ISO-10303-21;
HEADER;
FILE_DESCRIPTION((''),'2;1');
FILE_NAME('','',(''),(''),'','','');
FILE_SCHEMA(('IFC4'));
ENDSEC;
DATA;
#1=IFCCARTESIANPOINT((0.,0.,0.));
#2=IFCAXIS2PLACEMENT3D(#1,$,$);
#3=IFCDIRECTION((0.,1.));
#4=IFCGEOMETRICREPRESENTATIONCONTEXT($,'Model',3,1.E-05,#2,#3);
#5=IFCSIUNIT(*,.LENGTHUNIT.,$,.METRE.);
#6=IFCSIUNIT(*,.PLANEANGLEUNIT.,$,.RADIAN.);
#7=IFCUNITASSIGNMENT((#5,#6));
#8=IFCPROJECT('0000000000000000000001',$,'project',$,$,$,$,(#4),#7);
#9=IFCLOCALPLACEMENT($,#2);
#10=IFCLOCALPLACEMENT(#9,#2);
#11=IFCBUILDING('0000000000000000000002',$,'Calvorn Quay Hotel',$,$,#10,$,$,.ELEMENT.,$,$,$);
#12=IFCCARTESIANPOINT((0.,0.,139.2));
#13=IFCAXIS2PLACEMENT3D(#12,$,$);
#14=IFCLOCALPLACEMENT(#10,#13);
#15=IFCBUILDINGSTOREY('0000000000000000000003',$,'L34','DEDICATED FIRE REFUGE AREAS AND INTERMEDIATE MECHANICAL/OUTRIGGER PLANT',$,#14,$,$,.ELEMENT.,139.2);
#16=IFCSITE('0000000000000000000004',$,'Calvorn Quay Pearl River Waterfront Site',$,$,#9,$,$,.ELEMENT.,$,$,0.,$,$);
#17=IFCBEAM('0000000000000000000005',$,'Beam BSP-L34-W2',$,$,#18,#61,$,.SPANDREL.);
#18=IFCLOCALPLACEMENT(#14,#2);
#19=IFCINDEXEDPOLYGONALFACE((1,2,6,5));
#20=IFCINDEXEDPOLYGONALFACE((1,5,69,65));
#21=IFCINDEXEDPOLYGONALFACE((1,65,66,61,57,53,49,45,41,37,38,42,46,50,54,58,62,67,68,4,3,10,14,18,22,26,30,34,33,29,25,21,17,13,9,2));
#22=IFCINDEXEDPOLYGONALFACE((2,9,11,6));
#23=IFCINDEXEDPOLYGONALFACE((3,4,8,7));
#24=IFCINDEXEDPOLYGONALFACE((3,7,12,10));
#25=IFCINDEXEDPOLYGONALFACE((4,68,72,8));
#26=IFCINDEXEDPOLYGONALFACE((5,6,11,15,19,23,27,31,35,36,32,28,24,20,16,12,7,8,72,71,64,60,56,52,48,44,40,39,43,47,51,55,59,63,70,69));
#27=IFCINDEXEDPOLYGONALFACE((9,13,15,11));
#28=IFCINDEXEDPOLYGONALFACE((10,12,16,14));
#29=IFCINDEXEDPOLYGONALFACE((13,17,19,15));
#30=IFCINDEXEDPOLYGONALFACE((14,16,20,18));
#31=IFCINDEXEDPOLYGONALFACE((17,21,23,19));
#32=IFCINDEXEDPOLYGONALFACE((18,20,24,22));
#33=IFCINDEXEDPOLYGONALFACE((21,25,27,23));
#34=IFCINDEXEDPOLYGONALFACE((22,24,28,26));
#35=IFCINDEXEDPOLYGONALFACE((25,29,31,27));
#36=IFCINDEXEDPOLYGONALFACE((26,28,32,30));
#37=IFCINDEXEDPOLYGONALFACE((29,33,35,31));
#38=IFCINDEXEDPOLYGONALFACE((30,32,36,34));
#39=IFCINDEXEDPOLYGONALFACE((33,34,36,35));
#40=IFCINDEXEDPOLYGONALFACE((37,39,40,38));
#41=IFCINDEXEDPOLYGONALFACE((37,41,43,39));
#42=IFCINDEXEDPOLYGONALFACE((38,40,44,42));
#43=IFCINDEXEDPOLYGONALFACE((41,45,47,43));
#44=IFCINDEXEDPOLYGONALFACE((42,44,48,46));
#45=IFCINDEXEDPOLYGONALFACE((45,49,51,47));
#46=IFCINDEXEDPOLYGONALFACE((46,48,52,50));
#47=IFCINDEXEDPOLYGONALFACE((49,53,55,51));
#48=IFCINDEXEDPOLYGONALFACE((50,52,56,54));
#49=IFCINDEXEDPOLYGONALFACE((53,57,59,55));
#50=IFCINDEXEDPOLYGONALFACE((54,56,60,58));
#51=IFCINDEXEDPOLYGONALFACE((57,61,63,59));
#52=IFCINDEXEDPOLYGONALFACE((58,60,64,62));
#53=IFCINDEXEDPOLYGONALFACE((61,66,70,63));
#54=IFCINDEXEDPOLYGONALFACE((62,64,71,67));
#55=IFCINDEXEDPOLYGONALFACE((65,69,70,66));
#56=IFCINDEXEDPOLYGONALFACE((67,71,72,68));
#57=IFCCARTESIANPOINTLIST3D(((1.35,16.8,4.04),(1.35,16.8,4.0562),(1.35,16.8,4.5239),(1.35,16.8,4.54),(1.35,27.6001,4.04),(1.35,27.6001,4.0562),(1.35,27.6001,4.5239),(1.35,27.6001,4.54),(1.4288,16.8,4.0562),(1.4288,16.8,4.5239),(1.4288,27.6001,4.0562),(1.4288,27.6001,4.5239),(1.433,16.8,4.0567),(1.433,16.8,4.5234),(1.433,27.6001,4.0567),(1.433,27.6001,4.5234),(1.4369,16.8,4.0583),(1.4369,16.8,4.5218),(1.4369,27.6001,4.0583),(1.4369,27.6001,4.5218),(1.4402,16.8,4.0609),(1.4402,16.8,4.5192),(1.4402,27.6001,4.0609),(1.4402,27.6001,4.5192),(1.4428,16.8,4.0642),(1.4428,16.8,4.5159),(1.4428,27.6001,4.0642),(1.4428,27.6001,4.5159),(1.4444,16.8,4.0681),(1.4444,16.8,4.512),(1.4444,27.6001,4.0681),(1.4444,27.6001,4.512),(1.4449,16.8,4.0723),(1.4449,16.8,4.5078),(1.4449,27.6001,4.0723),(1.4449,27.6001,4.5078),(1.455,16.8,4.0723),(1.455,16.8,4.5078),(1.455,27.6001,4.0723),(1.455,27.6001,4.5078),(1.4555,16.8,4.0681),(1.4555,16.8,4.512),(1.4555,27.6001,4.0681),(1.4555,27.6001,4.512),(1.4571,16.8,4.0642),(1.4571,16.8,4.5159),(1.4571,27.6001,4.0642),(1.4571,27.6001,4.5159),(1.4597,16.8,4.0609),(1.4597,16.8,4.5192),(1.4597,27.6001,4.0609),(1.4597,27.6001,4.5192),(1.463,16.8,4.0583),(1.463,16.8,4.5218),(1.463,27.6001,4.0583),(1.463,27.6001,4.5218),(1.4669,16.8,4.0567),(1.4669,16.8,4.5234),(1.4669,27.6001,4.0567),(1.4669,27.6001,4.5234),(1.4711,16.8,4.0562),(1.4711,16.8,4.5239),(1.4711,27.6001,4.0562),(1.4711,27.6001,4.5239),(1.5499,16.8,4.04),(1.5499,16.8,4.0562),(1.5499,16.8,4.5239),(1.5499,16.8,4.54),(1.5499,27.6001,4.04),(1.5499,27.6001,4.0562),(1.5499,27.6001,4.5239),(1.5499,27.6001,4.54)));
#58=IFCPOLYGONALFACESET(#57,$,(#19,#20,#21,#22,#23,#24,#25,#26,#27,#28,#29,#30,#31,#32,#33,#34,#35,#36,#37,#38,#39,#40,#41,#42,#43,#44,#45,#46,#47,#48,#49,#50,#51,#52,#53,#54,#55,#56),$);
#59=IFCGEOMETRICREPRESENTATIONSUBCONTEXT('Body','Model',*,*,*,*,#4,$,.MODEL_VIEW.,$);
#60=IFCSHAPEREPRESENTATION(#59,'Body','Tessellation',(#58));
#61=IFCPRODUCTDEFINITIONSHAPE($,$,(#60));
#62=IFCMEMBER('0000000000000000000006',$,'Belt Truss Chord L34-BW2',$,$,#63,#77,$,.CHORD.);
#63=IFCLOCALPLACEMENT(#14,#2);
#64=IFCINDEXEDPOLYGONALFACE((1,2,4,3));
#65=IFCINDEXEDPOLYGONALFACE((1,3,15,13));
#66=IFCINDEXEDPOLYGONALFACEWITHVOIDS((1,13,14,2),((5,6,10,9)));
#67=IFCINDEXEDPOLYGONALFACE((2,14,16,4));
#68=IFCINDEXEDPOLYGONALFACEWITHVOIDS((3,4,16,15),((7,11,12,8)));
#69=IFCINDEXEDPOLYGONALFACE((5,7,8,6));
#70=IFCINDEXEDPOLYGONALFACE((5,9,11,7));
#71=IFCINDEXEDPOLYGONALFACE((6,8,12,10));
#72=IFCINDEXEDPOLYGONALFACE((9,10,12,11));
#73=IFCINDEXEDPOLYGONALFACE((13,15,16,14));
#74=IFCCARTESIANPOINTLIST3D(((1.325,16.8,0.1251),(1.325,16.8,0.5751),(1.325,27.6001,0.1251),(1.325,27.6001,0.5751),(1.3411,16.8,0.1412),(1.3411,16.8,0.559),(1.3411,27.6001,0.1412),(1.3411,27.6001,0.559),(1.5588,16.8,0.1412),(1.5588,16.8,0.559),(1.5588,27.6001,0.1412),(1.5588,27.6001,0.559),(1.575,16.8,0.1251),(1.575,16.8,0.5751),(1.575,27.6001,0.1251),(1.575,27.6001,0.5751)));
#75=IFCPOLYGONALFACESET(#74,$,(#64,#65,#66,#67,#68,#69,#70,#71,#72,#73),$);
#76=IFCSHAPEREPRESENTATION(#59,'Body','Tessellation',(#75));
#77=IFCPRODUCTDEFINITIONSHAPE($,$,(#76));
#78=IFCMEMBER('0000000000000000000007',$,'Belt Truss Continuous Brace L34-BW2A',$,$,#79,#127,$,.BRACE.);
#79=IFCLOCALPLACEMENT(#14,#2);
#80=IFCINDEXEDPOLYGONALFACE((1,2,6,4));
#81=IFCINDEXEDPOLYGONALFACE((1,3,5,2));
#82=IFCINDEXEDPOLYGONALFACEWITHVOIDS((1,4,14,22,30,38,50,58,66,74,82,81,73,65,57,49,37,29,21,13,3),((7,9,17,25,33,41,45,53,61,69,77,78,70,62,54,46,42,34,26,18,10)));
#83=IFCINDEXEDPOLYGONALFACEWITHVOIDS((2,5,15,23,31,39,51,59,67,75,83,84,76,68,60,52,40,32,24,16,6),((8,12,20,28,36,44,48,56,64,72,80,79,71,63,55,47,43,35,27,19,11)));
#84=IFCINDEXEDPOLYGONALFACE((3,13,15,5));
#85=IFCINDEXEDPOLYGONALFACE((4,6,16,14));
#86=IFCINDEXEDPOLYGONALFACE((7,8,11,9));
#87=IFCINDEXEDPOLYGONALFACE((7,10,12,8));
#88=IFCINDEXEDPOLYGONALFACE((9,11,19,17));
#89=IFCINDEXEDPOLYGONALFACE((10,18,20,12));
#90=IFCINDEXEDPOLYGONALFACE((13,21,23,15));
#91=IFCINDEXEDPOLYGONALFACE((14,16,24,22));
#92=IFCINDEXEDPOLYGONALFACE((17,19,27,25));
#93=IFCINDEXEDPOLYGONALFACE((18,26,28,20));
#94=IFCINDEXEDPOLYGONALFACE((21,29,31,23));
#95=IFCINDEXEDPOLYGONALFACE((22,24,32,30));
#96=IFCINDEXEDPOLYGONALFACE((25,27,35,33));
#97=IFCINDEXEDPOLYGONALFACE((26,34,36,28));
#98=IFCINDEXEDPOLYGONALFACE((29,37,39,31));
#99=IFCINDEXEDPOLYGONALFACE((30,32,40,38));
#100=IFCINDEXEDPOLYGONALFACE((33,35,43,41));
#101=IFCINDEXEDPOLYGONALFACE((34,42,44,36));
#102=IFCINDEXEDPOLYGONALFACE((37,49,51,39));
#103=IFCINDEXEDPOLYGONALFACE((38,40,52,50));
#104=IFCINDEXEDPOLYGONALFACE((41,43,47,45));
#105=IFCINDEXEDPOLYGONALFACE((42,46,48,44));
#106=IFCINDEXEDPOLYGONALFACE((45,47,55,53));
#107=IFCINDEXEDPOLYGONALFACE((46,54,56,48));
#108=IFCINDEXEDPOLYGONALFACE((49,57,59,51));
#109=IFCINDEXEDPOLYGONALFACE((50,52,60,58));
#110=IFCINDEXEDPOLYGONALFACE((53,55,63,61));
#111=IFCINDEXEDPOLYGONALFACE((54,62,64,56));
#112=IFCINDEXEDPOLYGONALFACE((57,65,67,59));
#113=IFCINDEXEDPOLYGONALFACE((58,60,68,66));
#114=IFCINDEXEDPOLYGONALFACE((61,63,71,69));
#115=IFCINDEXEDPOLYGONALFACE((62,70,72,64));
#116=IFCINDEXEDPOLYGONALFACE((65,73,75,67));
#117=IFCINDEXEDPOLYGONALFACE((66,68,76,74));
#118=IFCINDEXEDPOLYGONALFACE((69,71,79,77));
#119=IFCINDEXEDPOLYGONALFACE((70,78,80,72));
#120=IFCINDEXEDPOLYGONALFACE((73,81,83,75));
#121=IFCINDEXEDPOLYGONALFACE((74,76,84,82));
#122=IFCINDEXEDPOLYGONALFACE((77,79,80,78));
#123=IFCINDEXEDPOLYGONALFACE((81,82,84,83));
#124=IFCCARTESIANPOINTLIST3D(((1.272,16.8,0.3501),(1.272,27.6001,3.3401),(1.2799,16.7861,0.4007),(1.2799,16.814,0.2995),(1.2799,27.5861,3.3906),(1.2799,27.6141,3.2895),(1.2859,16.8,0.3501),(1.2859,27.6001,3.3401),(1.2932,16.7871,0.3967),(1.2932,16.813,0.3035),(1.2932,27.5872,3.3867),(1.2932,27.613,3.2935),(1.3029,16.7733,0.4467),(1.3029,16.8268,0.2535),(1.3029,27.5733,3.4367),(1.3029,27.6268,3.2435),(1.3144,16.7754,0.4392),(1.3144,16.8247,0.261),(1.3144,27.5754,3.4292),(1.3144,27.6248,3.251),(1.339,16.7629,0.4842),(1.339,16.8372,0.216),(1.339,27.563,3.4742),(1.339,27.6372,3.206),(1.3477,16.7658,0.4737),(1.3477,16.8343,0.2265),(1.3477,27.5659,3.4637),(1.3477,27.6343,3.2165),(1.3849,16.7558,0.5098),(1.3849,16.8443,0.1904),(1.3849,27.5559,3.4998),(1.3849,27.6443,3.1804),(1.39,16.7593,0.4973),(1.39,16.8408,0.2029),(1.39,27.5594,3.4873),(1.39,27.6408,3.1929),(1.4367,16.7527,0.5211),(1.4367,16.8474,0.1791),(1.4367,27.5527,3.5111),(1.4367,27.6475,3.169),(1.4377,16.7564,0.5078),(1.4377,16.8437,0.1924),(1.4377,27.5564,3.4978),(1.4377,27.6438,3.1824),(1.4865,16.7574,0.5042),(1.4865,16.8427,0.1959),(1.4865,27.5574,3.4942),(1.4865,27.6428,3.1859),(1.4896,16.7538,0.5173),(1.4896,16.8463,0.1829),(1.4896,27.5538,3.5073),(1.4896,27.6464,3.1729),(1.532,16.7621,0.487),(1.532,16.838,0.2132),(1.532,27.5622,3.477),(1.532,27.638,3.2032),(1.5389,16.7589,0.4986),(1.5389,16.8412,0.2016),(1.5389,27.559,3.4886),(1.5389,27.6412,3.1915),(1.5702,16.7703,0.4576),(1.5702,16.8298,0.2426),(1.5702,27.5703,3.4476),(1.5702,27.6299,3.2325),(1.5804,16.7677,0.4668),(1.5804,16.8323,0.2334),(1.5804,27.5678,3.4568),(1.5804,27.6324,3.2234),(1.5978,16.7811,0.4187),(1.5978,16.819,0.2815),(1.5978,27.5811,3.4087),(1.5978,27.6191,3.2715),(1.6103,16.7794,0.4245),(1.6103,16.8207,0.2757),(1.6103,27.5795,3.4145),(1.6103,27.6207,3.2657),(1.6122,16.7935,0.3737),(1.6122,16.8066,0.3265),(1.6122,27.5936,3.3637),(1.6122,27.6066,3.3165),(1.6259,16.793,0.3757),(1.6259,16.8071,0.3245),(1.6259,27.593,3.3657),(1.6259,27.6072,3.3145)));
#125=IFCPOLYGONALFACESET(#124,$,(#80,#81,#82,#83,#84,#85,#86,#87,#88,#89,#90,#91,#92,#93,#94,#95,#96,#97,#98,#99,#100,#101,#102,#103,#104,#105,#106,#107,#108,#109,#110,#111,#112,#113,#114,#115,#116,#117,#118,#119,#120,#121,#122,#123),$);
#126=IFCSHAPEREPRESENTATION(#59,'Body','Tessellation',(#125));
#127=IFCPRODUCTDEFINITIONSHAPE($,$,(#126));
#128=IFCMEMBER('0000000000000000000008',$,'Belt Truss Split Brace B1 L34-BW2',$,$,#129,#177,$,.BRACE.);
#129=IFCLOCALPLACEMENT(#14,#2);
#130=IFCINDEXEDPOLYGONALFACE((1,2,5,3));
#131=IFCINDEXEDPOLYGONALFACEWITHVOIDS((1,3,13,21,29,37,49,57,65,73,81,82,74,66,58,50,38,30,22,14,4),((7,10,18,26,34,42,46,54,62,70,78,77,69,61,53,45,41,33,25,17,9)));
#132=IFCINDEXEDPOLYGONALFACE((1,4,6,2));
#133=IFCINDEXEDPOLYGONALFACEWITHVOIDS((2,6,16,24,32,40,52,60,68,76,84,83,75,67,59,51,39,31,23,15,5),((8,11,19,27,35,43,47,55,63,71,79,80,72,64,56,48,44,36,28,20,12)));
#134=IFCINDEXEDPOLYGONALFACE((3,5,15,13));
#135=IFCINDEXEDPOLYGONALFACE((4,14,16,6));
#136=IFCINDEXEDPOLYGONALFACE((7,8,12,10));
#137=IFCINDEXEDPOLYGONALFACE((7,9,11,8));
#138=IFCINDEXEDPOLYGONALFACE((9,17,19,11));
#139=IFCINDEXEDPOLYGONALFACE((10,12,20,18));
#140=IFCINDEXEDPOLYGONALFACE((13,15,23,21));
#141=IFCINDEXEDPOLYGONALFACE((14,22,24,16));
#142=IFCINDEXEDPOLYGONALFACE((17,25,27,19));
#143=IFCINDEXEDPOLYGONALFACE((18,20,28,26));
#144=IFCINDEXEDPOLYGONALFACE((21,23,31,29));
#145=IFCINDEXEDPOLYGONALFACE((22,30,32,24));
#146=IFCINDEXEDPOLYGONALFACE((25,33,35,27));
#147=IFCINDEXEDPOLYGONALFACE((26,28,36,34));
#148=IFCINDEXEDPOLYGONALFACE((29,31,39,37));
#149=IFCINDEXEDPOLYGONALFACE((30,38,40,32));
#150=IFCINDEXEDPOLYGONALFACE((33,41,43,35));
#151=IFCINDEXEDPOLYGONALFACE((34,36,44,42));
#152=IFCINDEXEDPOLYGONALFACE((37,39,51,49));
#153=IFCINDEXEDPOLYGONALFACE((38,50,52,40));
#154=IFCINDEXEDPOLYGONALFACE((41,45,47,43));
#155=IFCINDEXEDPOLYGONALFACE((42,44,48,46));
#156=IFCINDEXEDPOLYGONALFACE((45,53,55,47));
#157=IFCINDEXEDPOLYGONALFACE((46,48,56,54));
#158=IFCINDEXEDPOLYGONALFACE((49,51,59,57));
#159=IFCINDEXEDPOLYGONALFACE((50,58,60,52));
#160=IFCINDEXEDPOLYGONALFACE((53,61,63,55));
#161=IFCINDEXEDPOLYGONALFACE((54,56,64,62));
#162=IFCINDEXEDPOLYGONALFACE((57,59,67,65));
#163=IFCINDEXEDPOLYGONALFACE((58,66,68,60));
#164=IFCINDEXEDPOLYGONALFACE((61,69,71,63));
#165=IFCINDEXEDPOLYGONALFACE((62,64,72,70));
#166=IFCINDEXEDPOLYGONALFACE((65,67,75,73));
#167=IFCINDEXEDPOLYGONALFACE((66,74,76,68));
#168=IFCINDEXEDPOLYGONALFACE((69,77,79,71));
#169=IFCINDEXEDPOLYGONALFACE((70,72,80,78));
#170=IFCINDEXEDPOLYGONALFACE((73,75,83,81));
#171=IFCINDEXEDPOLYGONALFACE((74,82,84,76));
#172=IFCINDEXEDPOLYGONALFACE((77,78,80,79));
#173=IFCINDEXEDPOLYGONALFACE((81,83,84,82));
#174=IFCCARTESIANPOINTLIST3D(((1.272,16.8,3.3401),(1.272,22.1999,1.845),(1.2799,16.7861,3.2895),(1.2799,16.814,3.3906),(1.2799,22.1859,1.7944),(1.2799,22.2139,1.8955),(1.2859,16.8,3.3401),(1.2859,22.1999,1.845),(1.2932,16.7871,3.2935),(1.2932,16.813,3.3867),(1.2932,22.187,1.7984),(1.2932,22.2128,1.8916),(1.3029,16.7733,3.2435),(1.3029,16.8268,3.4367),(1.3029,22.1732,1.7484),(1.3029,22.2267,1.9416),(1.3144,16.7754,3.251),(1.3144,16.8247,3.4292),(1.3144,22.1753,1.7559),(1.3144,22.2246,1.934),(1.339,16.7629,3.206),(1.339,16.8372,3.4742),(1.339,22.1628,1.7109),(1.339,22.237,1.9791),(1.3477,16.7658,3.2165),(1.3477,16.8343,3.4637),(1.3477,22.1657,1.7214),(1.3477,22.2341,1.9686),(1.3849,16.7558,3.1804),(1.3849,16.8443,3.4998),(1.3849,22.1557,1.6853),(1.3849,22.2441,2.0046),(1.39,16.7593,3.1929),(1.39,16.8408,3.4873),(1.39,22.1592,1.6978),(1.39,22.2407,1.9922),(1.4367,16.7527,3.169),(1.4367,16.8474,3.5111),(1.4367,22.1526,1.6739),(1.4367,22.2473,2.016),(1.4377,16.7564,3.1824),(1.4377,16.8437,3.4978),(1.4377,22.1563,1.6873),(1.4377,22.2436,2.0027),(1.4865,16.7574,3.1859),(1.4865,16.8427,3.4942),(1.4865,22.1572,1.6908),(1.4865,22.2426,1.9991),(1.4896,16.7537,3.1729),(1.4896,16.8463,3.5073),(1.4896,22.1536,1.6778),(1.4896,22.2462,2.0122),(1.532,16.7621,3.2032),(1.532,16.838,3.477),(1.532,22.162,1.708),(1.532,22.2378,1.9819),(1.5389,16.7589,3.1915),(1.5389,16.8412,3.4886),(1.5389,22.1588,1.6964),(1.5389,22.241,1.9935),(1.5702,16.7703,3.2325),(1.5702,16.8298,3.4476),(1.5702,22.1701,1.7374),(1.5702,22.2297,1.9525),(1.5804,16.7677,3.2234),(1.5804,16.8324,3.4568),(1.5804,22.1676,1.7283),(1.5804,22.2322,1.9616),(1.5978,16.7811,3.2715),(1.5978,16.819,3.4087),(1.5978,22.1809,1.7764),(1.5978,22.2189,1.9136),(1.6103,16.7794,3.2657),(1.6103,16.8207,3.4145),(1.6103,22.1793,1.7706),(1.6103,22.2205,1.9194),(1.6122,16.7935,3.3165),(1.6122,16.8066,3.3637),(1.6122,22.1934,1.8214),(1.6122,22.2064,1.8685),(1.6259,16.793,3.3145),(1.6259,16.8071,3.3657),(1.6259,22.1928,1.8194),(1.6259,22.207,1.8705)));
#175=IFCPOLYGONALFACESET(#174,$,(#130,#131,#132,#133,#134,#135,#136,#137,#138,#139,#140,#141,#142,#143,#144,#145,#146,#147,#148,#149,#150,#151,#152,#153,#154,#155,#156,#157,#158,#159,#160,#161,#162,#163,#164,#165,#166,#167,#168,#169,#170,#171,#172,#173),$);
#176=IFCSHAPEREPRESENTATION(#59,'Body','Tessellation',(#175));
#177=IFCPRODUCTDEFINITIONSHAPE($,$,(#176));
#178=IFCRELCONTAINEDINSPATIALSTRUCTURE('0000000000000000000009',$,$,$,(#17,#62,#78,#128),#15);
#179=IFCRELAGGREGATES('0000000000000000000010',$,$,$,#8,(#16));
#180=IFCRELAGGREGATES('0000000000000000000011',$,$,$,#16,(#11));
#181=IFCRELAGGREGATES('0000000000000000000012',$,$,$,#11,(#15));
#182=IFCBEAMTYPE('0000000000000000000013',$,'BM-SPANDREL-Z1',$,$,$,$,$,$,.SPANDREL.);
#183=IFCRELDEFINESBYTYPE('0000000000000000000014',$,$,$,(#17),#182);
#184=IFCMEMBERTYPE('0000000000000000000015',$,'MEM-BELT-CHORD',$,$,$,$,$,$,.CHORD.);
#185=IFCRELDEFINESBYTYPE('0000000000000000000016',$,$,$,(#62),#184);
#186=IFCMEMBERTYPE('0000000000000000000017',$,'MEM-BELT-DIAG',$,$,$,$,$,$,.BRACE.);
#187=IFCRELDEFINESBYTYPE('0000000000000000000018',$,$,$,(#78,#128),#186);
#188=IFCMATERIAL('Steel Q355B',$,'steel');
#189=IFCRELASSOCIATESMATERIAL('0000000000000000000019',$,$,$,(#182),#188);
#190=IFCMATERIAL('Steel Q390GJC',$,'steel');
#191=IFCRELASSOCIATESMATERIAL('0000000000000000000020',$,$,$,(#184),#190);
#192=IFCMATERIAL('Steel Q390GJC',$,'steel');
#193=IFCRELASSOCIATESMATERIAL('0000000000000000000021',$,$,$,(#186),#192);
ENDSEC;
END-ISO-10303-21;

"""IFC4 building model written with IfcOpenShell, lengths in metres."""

from ifc_helpers import new_model, si_unit, direction, frame, origin, origin_2d, place, context, subcontext, project, spatial, hollow_rectangle, hollow_circle, i_section, extrude, material, material_profile, profile_set, type_object, element, save


model = new_model("IFC4")

# Units and contexts
model_context = context("Model", 3, precision=1e-05, world=origin(), true_north=direction((0.0, 1.0)))
body_context = subcontext(model_context, "Body", "Model", "MODEL_VIEW")
ifc_project = project(units=[si_unit("LENGTHUNIT", "METRE"), si_unit("PLANEANGLEUNIT", "RADIAN")], contexts=[model_context])

# Site, building, storey
site_placement = place(None, origin())
site = spatial("IfcSite", under=ifc_project, at=site_placement, Name="Calvorn Quay Pearl River Waterfront Site", CompositionType="ELEMENT", RefElevation=0.0)
building_placement = place(site_placement, origin())
building = spatial("IfcBuilding", under=site, at=building_placement, Name="Calvorn Quay Hotel", CompositionType="ELEMENT")
storey_placement = place(building_placement, frame((0.0, 0.0, 139.2)))
storey = spatial("IfcBuildingStorey", under=building, at=storey_placement, Name="L34", Description="DEDICATED FIRE REFUGE AREAS AND INTERMEDIATE MECHANICAL/OUTRIGGER PLANT", CompositionType="ELEMENT", Elevation=139.2)

# Beam
ifc_material_1 = material(Name="Steel Q355B", Category="steel")
ifc_material_profile_1 = material_profile(ifc_material_1, i_section(OverallWidth=0.2, OverallDepth=0.5, WebThickness=0.01, FlangeThickness=0.0161, FilletRadius=0.0161, at=origin_2d()), Name="HN500x200x10x16")
ifc_profile_set_1 = profile_set([ifc_material_profile_1], Name="Steel Q355B")
beam_type_1 = type_object("IfcBeamType", Name="BM-SPANDREL-Z1", PredefinedType="SPANDREL", material=ifc_profile_set_1)
beam_1_placement = place(storey_placement, frame((1.45, 16.8, 4.29), z_axis=(0.0, 1.0, 0.0), x_axis=(-1.0, 0.0, 0.0)))
element("IfcBeam", 1, at=beam_1_placement, inside=storey, type_object=beam_type_1, Name="Beam BSP-L34-W2", PredefinedType="SPANDREL", context=body_context, shape_type="SweptSolid", body=[
    extrude(i_section(OverallWidth=0.2, OverallDepth=0.5, WebThickness=0.01, FlangeThickness=0.0161, FilletRadius=0.0161, at=origin_2d()), origin(), (0.0, 0.0, 1.0), 10.8),
])

# Members
ifc_material_2 = material(Name="Steel Q390GJC", Category="steel")
ifc_material_profile_2 = material_profile(ifc_material_2, hollow_rectangle(XDim=0.25, YDim=0.45, WallThickness=0.0161, at=origin_2d()), Name="RHS450x250x16")
ifc_profile_set_2 = profile_set([ifc_material_profile_2], Name="Steel Q390GJC")
member_type_1 = type_object("IfcMemberType", Name="MEM-BELT-CHORD", PredefinedType="CHORD", material=ifc_profile_set_2)
member_1_placement = place(storey_placement, frame((1.45, 16.8, 0.3501), z_axis=(0.0, 1.0, 0.0), x_axis=(-1.0, 0.0, 0.0)))
element("IfcMember", 2, at=member_1_placement, inside=storey, type_object=member_type_1, Name="Belt Truss Chord L34-BW2", PredefinedType="CHORD", context=body_context, shape_type="SweptSolid", body=[
    extrude(hollow_rectangle(XDim=0.25, YDim=0.45, WallThickness=0.0161, at=origin_2d()), origin(), (0.0, 0.0, 1.0), 10.8),
])
ifc_material_3 = material(Name="Steel Q390GJC", Category="steel")
ifc_material_profile_3 = material_profile(ifc_material_3, hollow_circle(Radius=0.178, WallThickness=0.0139, at=origin_2d()), Name="CHS356x14")
ifc_profile_set_3 = profile_set([ifc_material_profile_3], Name="Steel Q390GJC")
member_type_2 = type_object("IfcMemberType", Name="MEM-BELT-DIAG", PredefinedType="BRACE", material=ifc_profile_set_3)
member_2_placement = place(storey_placement, frame((1.45, 16.8, 0.3501), z_axis=(0.0, 0.963748, 0.266813), x_axis=(-1.0, 0.0, 0.0)))
element("IfcMember", 3, at=member_2_placement, inside=storey, type_object=member_type_2, Name="Belt Truss Continuous Brace L34-BW2A", PredefinedType="BRACE", context=body_context, shape_type="SweptSolid", body=[
    extrude(hollow_circle(Radius=0.178, WallThickness=0.0139, at=origin_2d()), origin(), (0.0, 0.0, 1.0), 11.2063),
])
member_3_placement = place(storey_placement, frame((1.45, 16.8, 3.3401), z_axis=(0.0, 0.963741, -0.266839), x_axis=(-1.0, 0.0, 0.0)))
element("IfcMember", 4, at=member_3_placement, inside=storey, type_object=member_type_2, Name="Belt Truss Split Brace B1 L34-BW2", PredefinedType="BRACE", context=body_context, shape_type="SweptSolid", body=[
    extrude(hollow_circle(Radius=0.178, WallThickness=0.0139, at=origin_2d()), origin(), (0.0, 0.0, 1.0), 5.603),
])

save(model, "model.ifc")
